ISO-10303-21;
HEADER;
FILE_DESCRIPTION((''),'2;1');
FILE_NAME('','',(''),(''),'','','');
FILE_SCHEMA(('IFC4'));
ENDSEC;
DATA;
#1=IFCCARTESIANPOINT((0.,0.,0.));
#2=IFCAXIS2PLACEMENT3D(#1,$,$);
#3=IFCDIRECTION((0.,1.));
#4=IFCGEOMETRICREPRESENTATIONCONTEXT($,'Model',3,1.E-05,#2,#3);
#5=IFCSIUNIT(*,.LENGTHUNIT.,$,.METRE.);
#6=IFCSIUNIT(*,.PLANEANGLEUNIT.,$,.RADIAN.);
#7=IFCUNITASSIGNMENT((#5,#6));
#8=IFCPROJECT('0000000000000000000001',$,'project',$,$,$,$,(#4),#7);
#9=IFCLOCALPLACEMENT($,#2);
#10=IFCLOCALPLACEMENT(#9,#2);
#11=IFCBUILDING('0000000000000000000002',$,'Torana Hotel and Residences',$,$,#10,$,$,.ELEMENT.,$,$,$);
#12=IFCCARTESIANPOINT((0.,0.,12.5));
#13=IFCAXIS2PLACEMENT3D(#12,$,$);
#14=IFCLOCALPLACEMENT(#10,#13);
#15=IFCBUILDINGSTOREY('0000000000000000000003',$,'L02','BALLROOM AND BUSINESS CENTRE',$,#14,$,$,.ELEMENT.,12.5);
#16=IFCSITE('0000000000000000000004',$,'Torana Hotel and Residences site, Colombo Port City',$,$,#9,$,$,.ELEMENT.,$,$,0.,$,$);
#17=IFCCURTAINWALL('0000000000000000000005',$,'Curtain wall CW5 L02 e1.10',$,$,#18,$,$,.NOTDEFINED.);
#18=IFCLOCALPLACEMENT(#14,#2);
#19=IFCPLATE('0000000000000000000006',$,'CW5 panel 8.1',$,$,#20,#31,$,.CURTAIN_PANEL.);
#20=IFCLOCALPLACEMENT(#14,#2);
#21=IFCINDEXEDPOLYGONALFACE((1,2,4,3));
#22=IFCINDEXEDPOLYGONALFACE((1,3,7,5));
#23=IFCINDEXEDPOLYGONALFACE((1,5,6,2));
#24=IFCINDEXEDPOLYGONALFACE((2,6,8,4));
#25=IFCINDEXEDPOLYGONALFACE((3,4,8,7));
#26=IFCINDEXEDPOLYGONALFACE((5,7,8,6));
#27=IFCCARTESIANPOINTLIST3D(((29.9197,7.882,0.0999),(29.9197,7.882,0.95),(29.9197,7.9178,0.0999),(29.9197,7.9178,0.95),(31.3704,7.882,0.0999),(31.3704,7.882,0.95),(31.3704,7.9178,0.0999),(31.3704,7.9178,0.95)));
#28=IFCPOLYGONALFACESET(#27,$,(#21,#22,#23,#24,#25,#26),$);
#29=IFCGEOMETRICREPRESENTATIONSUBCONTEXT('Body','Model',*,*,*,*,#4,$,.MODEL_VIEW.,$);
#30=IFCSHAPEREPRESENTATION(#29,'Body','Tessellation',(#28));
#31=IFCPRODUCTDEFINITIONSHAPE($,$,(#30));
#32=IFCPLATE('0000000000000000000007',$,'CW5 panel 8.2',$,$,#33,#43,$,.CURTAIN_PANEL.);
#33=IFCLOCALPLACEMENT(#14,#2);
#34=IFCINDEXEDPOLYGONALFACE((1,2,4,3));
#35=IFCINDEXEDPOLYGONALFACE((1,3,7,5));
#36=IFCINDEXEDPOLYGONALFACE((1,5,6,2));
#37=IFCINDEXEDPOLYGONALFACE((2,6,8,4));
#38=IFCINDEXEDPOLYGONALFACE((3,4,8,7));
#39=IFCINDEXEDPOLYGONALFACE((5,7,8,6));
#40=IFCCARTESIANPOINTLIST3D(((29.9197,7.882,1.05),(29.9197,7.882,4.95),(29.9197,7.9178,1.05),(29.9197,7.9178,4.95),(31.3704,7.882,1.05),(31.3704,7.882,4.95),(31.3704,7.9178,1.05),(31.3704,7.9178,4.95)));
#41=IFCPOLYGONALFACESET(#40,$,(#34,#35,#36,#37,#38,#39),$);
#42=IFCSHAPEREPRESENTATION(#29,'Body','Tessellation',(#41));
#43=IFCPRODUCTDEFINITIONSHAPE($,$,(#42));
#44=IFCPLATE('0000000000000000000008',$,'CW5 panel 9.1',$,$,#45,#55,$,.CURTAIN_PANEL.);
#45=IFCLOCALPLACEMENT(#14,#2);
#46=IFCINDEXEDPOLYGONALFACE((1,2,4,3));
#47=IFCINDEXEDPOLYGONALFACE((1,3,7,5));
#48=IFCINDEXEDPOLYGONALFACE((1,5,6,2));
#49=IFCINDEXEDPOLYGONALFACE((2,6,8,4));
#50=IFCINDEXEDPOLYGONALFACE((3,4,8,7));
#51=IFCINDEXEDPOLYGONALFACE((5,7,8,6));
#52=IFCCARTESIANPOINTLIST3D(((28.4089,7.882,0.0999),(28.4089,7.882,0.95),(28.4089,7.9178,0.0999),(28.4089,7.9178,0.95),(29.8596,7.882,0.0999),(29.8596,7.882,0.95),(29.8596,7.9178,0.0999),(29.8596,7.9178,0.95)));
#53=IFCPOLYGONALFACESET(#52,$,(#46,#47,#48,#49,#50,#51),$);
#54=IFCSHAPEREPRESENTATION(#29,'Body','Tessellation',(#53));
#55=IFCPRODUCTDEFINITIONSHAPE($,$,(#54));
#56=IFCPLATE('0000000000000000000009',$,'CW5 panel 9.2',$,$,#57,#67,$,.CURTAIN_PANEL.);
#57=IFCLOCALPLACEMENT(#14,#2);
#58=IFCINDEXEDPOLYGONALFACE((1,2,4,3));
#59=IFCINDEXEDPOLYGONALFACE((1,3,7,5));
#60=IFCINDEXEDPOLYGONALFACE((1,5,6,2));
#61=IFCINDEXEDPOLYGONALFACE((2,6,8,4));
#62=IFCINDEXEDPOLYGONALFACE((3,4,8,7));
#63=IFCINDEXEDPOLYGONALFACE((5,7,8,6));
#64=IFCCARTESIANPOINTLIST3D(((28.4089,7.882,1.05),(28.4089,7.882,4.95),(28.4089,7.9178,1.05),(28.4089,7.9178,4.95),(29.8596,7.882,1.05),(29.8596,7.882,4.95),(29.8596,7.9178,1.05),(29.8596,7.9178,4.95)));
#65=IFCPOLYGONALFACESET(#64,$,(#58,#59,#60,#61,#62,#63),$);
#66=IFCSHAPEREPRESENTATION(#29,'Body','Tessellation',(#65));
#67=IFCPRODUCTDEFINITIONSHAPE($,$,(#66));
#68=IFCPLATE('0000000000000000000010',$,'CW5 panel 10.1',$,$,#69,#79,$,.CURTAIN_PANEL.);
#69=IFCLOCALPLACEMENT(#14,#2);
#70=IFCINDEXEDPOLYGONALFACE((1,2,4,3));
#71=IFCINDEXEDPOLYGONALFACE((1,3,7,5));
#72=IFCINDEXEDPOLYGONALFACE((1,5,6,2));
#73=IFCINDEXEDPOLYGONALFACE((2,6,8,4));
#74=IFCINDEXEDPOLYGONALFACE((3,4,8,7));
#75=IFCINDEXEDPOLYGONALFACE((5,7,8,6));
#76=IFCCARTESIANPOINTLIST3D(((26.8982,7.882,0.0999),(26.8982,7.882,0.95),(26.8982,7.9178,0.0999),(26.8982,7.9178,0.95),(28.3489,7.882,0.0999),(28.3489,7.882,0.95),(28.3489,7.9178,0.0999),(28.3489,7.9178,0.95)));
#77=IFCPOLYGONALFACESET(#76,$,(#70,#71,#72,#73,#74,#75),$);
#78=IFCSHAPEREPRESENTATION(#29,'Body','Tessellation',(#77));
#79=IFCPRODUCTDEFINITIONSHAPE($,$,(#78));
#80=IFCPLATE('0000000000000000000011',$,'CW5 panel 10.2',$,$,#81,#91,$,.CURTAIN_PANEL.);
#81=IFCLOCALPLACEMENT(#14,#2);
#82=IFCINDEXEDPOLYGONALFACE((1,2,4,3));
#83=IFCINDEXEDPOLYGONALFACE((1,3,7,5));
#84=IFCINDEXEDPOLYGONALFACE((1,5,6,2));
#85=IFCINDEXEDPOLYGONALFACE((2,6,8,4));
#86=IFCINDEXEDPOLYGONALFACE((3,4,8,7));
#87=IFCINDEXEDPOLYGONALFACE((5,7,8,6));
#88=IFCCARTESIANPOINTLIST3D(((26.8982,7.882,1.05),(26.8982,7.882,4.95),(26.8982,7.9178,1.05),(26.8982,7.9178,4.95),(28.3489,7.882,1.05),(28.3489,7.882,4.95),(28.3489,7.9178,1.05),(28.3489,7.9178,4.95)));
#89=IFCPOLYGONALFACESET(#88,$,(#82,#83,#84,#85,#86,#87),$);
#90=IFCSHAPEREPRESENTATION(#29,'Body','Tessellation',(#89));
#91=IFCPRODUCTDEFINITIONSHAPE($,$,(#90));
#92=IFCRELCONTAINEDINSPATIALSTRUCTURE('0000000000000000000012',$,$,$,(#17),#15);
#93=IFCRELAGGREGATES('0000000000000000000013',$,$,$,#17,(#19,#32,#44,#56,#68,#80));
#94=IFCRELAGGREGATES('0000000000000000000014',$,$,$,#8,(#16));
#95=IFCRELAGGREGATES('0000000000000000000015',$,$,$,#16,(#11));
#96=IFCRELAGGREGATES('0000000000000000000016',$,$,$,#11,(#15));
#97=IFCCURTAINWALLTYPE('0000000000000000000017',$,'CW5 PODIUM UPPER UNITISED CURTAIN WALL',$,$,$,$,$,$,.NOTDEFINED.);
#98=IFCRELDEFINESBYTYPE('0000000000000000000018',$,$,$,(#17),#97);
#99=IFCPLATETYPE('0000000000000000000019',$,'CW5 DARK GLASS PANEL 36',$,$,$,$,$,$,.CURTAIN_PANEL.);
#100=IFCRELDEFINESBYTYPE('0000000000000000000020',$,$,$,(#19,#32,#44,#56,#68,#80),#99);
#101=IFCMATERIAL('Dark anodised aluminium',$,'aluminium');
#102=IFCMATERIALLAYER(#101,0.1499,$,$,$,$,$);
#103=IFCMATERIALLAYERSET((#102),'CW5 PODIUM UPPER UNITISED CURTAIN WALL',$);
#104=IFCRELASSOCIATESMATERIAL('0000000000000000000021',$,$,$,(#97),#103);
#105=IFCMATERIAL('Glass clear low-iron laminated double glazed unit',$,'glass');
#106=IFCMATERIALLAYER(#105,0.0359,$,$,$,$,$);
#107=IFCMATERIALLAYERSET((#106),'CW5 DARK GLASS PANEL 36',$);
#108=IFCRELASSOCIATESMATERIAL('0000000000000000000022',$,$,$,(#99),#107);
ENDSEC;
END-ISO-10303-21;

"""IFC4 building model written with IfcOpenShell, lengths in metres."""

from ifc_helpers import new_model, si_unit, direction, frame, origin, origin_2d, place, context, subcontext, project, spatial, rectangle, extrude, material, layer, layer_set, type_object, element, aggregate, save


model = new_model("IFC4")

# Units and contexts
model_context = context("Model", 3, precision=1e-05, world=origin(), true_north=direction((0.0, 1.0)))
body_context = subcontext(model_context, "Body", "Model", "MODEL_VIEW")
ifc_project = project(units=[si_unit("LENGTHUNIT", "METRE"), si_unit("PLANEANGLEUNIT", "RADIAN")], contexts=[model_context])

# Site, building, storey
site_placement = place(None, origin())
site = spatial("IfcSite", under=ifc_project, at=site_placement, Name="Torana Hotel and Residences site, Colombo Port City", CompositionType="ELEMENT", RefElevation=0.0)
building_placement = place(site_placement, origin())
building = spatial("IfcBuilding", under=site, at=building_placement, Name="Torana Hotel and Residences", CompositionType="ELEMENT")
storey_placement = place(building_placement, frame((0.0, 0.0, 12.5)))
storey = spatial("IfcBuildingStorey", under=building, at=storey_placement, Name="L02", Description="BALLROOM AND BUSINESS CENTRE", CompositionType="ELEMENT", Elevation=12.5)

# Curtain wall, plates
ifc_material_1 = material(Name="Dark anodised aluminium", Category="aluminium")
ifc_layer_1 = layer(ifc_material_1, 0.1499)
ifc_layer_set_1 = layer_set([ifc_layer_1], Name="CW5 PODIUM UPPER UNITISED CURTAIN WALL")
curtain_wall_type = type_object("IfcCurtainWallType", Name="CW5 PODIUM UPPER UNITISED CURTAIN WALL", PredefinedType="NOTDEFINED", material=ifc_layer_set_1)
curtain_wall_placement = place(storey_placement, origin())
curtain_wall = element("IfcCurtainWall", 1, at=curtain_wall_placement, inside=storey, type_object=curtain_wall_type, Name="Curtain wall CW5 L02 e1.10", PredefinedType="NOTDEFINED")
ifc_material_2 = material(Name="Glass clear low-iron laminated double glazed unit", Category="glass")
ifc_layer_2 = layer(ifc_material_2, 0.0359)
ifc_layer_set_2 = layer_set([ifc_layer_2], Name="CW5 DARK GLASS PANEL 36")
plate_type = type_object("IfcPlateType", Name="CW5 DARK GLASS PANEL 36", PredefinedType="CURTAIN_PANEL", material=ifc_layer_set_2)
plate_1_placement = place(storey_placement, frame((30.645, 7.8999, 0.0999), z_axis=(0.0, 0.0, 1.0), x_axis=(-1.0, 0.0, 0.0)))
plate_1 = element("IfcPlate", 2, at=plate_1_placement, type_object=plate_type, Name="CW5 panel 8.1", PredefinedType="CURTAIN_PANEL", context=body_context, shape_type="SweptSolid", body=[
    extrude(rectangle(XDim=1.4507, YDim=0.0359, at=origin_2d()), origin(), (0.0, 0.0, 1.0), 0.8501),
])
plate_2_placement = place(storey_placement, frame((30.645, 7.8999, 1.05), z_axis=(0.0, 0.0, 1.0), x_axis=(-1.0, 0.0, 0.0)))
plate_2 = element("IfcPlate", 3, at=plate_2_placement, type_object=plate_type, Name="CW5 panel 8.2", PredefinedType="CURTAIN_PANEL", context=body_context, shape_type="SweptSolid", body=[
    extrude(rectangle(XDim=1.4507, YDim=0.0359, at=origin_2d()), origin(), (0.0, 0.0, 1.0), 3.8999),
])
plate_3_placement = place(storey_placement, frame((29.1343, 7.8999, 0.0999), z_axis=(0.0, 0.0, 1.0), x_axis=(-1.0, 0.0, 0.0)))
plate_3 = element("IfcPlate", 4, at=plate_3_placement, type_object=plate_type, Name="CW5 panel 9.1", PredefinedType="CURTAIN_PANEL", context=body_context, shape_type="SweptSolid", body=[
    extrude(rectangle(XDim=1.4507, YDim=0.0359, at=origin_2d()), origin(), (0.0, 0.0, 1.0), 0.8501),
])
plate_4_placement = place(storey_placement, frame((29.1343, 7.8999, 1.05), z_axis=(0.0, 0.0, 1.0), x_axis=(-1.0, 0.0, 0.0)))
plate_4 = element("IfcPlate", 5, at=plate_4_placement, type_object=plate_type, Name="CW5 panel 9.2", PredefinedType="CURTAIN_PANEL", context=body_context, shape_type="SweptSolid", body=[
    extrude(rectangle(XDim=1.4507, YDim=0.0359, at=origin_2d()), origin(), (0.0, 0.0, 1.0), 3.8999),
])
plate_5_placement = place(storey_placement, frame((27.6235, 7.8999, 0.0999), z_axis=(0.0, 0.0, 1.0), x_axis=(-1.0, 0.0, 0.0)))
plate_5 = element("IfcPlate", 6, at=plate_5_placement, type_object=plate_type, Name="CW5 panel 10.1", PredefinedType="CURTAIN_PANEL", context=body_context, shape_type="SweptSolid", body=[
    extrude(rectangle(XDim=1.4507, YDim=0.0359, at=origin_2d()), origin(), (0.0, 0.0, 1.0), 0.8501),
])
plate_6_placement = place(storey_placement, frame((27.6235, 7.8999, 1.05), z_axis=(0.0, 0.0, 1.0), x_axis=(-1.0, 0.0, 0.0)))
plate_6 = element("IfcPlate", 7, at=plate_6_placement, type_object=plate_type, Name="CW5 panel 10.2", PredefinedType="CURTAIN_PANEL", context=body_context, shape_type="SweptSolid", body=[
    extrude(rectangle(XDim=1.4507, YDim=0.0359, at=origin_2d()), origin(), (0.0, 0.0, 1.0), 3.8999),
])
aggregate(curtain_wall, [plate_1, plate_2, plate_3, plate_4, plate_5, plate_6])

save(model, "model.ifc")
